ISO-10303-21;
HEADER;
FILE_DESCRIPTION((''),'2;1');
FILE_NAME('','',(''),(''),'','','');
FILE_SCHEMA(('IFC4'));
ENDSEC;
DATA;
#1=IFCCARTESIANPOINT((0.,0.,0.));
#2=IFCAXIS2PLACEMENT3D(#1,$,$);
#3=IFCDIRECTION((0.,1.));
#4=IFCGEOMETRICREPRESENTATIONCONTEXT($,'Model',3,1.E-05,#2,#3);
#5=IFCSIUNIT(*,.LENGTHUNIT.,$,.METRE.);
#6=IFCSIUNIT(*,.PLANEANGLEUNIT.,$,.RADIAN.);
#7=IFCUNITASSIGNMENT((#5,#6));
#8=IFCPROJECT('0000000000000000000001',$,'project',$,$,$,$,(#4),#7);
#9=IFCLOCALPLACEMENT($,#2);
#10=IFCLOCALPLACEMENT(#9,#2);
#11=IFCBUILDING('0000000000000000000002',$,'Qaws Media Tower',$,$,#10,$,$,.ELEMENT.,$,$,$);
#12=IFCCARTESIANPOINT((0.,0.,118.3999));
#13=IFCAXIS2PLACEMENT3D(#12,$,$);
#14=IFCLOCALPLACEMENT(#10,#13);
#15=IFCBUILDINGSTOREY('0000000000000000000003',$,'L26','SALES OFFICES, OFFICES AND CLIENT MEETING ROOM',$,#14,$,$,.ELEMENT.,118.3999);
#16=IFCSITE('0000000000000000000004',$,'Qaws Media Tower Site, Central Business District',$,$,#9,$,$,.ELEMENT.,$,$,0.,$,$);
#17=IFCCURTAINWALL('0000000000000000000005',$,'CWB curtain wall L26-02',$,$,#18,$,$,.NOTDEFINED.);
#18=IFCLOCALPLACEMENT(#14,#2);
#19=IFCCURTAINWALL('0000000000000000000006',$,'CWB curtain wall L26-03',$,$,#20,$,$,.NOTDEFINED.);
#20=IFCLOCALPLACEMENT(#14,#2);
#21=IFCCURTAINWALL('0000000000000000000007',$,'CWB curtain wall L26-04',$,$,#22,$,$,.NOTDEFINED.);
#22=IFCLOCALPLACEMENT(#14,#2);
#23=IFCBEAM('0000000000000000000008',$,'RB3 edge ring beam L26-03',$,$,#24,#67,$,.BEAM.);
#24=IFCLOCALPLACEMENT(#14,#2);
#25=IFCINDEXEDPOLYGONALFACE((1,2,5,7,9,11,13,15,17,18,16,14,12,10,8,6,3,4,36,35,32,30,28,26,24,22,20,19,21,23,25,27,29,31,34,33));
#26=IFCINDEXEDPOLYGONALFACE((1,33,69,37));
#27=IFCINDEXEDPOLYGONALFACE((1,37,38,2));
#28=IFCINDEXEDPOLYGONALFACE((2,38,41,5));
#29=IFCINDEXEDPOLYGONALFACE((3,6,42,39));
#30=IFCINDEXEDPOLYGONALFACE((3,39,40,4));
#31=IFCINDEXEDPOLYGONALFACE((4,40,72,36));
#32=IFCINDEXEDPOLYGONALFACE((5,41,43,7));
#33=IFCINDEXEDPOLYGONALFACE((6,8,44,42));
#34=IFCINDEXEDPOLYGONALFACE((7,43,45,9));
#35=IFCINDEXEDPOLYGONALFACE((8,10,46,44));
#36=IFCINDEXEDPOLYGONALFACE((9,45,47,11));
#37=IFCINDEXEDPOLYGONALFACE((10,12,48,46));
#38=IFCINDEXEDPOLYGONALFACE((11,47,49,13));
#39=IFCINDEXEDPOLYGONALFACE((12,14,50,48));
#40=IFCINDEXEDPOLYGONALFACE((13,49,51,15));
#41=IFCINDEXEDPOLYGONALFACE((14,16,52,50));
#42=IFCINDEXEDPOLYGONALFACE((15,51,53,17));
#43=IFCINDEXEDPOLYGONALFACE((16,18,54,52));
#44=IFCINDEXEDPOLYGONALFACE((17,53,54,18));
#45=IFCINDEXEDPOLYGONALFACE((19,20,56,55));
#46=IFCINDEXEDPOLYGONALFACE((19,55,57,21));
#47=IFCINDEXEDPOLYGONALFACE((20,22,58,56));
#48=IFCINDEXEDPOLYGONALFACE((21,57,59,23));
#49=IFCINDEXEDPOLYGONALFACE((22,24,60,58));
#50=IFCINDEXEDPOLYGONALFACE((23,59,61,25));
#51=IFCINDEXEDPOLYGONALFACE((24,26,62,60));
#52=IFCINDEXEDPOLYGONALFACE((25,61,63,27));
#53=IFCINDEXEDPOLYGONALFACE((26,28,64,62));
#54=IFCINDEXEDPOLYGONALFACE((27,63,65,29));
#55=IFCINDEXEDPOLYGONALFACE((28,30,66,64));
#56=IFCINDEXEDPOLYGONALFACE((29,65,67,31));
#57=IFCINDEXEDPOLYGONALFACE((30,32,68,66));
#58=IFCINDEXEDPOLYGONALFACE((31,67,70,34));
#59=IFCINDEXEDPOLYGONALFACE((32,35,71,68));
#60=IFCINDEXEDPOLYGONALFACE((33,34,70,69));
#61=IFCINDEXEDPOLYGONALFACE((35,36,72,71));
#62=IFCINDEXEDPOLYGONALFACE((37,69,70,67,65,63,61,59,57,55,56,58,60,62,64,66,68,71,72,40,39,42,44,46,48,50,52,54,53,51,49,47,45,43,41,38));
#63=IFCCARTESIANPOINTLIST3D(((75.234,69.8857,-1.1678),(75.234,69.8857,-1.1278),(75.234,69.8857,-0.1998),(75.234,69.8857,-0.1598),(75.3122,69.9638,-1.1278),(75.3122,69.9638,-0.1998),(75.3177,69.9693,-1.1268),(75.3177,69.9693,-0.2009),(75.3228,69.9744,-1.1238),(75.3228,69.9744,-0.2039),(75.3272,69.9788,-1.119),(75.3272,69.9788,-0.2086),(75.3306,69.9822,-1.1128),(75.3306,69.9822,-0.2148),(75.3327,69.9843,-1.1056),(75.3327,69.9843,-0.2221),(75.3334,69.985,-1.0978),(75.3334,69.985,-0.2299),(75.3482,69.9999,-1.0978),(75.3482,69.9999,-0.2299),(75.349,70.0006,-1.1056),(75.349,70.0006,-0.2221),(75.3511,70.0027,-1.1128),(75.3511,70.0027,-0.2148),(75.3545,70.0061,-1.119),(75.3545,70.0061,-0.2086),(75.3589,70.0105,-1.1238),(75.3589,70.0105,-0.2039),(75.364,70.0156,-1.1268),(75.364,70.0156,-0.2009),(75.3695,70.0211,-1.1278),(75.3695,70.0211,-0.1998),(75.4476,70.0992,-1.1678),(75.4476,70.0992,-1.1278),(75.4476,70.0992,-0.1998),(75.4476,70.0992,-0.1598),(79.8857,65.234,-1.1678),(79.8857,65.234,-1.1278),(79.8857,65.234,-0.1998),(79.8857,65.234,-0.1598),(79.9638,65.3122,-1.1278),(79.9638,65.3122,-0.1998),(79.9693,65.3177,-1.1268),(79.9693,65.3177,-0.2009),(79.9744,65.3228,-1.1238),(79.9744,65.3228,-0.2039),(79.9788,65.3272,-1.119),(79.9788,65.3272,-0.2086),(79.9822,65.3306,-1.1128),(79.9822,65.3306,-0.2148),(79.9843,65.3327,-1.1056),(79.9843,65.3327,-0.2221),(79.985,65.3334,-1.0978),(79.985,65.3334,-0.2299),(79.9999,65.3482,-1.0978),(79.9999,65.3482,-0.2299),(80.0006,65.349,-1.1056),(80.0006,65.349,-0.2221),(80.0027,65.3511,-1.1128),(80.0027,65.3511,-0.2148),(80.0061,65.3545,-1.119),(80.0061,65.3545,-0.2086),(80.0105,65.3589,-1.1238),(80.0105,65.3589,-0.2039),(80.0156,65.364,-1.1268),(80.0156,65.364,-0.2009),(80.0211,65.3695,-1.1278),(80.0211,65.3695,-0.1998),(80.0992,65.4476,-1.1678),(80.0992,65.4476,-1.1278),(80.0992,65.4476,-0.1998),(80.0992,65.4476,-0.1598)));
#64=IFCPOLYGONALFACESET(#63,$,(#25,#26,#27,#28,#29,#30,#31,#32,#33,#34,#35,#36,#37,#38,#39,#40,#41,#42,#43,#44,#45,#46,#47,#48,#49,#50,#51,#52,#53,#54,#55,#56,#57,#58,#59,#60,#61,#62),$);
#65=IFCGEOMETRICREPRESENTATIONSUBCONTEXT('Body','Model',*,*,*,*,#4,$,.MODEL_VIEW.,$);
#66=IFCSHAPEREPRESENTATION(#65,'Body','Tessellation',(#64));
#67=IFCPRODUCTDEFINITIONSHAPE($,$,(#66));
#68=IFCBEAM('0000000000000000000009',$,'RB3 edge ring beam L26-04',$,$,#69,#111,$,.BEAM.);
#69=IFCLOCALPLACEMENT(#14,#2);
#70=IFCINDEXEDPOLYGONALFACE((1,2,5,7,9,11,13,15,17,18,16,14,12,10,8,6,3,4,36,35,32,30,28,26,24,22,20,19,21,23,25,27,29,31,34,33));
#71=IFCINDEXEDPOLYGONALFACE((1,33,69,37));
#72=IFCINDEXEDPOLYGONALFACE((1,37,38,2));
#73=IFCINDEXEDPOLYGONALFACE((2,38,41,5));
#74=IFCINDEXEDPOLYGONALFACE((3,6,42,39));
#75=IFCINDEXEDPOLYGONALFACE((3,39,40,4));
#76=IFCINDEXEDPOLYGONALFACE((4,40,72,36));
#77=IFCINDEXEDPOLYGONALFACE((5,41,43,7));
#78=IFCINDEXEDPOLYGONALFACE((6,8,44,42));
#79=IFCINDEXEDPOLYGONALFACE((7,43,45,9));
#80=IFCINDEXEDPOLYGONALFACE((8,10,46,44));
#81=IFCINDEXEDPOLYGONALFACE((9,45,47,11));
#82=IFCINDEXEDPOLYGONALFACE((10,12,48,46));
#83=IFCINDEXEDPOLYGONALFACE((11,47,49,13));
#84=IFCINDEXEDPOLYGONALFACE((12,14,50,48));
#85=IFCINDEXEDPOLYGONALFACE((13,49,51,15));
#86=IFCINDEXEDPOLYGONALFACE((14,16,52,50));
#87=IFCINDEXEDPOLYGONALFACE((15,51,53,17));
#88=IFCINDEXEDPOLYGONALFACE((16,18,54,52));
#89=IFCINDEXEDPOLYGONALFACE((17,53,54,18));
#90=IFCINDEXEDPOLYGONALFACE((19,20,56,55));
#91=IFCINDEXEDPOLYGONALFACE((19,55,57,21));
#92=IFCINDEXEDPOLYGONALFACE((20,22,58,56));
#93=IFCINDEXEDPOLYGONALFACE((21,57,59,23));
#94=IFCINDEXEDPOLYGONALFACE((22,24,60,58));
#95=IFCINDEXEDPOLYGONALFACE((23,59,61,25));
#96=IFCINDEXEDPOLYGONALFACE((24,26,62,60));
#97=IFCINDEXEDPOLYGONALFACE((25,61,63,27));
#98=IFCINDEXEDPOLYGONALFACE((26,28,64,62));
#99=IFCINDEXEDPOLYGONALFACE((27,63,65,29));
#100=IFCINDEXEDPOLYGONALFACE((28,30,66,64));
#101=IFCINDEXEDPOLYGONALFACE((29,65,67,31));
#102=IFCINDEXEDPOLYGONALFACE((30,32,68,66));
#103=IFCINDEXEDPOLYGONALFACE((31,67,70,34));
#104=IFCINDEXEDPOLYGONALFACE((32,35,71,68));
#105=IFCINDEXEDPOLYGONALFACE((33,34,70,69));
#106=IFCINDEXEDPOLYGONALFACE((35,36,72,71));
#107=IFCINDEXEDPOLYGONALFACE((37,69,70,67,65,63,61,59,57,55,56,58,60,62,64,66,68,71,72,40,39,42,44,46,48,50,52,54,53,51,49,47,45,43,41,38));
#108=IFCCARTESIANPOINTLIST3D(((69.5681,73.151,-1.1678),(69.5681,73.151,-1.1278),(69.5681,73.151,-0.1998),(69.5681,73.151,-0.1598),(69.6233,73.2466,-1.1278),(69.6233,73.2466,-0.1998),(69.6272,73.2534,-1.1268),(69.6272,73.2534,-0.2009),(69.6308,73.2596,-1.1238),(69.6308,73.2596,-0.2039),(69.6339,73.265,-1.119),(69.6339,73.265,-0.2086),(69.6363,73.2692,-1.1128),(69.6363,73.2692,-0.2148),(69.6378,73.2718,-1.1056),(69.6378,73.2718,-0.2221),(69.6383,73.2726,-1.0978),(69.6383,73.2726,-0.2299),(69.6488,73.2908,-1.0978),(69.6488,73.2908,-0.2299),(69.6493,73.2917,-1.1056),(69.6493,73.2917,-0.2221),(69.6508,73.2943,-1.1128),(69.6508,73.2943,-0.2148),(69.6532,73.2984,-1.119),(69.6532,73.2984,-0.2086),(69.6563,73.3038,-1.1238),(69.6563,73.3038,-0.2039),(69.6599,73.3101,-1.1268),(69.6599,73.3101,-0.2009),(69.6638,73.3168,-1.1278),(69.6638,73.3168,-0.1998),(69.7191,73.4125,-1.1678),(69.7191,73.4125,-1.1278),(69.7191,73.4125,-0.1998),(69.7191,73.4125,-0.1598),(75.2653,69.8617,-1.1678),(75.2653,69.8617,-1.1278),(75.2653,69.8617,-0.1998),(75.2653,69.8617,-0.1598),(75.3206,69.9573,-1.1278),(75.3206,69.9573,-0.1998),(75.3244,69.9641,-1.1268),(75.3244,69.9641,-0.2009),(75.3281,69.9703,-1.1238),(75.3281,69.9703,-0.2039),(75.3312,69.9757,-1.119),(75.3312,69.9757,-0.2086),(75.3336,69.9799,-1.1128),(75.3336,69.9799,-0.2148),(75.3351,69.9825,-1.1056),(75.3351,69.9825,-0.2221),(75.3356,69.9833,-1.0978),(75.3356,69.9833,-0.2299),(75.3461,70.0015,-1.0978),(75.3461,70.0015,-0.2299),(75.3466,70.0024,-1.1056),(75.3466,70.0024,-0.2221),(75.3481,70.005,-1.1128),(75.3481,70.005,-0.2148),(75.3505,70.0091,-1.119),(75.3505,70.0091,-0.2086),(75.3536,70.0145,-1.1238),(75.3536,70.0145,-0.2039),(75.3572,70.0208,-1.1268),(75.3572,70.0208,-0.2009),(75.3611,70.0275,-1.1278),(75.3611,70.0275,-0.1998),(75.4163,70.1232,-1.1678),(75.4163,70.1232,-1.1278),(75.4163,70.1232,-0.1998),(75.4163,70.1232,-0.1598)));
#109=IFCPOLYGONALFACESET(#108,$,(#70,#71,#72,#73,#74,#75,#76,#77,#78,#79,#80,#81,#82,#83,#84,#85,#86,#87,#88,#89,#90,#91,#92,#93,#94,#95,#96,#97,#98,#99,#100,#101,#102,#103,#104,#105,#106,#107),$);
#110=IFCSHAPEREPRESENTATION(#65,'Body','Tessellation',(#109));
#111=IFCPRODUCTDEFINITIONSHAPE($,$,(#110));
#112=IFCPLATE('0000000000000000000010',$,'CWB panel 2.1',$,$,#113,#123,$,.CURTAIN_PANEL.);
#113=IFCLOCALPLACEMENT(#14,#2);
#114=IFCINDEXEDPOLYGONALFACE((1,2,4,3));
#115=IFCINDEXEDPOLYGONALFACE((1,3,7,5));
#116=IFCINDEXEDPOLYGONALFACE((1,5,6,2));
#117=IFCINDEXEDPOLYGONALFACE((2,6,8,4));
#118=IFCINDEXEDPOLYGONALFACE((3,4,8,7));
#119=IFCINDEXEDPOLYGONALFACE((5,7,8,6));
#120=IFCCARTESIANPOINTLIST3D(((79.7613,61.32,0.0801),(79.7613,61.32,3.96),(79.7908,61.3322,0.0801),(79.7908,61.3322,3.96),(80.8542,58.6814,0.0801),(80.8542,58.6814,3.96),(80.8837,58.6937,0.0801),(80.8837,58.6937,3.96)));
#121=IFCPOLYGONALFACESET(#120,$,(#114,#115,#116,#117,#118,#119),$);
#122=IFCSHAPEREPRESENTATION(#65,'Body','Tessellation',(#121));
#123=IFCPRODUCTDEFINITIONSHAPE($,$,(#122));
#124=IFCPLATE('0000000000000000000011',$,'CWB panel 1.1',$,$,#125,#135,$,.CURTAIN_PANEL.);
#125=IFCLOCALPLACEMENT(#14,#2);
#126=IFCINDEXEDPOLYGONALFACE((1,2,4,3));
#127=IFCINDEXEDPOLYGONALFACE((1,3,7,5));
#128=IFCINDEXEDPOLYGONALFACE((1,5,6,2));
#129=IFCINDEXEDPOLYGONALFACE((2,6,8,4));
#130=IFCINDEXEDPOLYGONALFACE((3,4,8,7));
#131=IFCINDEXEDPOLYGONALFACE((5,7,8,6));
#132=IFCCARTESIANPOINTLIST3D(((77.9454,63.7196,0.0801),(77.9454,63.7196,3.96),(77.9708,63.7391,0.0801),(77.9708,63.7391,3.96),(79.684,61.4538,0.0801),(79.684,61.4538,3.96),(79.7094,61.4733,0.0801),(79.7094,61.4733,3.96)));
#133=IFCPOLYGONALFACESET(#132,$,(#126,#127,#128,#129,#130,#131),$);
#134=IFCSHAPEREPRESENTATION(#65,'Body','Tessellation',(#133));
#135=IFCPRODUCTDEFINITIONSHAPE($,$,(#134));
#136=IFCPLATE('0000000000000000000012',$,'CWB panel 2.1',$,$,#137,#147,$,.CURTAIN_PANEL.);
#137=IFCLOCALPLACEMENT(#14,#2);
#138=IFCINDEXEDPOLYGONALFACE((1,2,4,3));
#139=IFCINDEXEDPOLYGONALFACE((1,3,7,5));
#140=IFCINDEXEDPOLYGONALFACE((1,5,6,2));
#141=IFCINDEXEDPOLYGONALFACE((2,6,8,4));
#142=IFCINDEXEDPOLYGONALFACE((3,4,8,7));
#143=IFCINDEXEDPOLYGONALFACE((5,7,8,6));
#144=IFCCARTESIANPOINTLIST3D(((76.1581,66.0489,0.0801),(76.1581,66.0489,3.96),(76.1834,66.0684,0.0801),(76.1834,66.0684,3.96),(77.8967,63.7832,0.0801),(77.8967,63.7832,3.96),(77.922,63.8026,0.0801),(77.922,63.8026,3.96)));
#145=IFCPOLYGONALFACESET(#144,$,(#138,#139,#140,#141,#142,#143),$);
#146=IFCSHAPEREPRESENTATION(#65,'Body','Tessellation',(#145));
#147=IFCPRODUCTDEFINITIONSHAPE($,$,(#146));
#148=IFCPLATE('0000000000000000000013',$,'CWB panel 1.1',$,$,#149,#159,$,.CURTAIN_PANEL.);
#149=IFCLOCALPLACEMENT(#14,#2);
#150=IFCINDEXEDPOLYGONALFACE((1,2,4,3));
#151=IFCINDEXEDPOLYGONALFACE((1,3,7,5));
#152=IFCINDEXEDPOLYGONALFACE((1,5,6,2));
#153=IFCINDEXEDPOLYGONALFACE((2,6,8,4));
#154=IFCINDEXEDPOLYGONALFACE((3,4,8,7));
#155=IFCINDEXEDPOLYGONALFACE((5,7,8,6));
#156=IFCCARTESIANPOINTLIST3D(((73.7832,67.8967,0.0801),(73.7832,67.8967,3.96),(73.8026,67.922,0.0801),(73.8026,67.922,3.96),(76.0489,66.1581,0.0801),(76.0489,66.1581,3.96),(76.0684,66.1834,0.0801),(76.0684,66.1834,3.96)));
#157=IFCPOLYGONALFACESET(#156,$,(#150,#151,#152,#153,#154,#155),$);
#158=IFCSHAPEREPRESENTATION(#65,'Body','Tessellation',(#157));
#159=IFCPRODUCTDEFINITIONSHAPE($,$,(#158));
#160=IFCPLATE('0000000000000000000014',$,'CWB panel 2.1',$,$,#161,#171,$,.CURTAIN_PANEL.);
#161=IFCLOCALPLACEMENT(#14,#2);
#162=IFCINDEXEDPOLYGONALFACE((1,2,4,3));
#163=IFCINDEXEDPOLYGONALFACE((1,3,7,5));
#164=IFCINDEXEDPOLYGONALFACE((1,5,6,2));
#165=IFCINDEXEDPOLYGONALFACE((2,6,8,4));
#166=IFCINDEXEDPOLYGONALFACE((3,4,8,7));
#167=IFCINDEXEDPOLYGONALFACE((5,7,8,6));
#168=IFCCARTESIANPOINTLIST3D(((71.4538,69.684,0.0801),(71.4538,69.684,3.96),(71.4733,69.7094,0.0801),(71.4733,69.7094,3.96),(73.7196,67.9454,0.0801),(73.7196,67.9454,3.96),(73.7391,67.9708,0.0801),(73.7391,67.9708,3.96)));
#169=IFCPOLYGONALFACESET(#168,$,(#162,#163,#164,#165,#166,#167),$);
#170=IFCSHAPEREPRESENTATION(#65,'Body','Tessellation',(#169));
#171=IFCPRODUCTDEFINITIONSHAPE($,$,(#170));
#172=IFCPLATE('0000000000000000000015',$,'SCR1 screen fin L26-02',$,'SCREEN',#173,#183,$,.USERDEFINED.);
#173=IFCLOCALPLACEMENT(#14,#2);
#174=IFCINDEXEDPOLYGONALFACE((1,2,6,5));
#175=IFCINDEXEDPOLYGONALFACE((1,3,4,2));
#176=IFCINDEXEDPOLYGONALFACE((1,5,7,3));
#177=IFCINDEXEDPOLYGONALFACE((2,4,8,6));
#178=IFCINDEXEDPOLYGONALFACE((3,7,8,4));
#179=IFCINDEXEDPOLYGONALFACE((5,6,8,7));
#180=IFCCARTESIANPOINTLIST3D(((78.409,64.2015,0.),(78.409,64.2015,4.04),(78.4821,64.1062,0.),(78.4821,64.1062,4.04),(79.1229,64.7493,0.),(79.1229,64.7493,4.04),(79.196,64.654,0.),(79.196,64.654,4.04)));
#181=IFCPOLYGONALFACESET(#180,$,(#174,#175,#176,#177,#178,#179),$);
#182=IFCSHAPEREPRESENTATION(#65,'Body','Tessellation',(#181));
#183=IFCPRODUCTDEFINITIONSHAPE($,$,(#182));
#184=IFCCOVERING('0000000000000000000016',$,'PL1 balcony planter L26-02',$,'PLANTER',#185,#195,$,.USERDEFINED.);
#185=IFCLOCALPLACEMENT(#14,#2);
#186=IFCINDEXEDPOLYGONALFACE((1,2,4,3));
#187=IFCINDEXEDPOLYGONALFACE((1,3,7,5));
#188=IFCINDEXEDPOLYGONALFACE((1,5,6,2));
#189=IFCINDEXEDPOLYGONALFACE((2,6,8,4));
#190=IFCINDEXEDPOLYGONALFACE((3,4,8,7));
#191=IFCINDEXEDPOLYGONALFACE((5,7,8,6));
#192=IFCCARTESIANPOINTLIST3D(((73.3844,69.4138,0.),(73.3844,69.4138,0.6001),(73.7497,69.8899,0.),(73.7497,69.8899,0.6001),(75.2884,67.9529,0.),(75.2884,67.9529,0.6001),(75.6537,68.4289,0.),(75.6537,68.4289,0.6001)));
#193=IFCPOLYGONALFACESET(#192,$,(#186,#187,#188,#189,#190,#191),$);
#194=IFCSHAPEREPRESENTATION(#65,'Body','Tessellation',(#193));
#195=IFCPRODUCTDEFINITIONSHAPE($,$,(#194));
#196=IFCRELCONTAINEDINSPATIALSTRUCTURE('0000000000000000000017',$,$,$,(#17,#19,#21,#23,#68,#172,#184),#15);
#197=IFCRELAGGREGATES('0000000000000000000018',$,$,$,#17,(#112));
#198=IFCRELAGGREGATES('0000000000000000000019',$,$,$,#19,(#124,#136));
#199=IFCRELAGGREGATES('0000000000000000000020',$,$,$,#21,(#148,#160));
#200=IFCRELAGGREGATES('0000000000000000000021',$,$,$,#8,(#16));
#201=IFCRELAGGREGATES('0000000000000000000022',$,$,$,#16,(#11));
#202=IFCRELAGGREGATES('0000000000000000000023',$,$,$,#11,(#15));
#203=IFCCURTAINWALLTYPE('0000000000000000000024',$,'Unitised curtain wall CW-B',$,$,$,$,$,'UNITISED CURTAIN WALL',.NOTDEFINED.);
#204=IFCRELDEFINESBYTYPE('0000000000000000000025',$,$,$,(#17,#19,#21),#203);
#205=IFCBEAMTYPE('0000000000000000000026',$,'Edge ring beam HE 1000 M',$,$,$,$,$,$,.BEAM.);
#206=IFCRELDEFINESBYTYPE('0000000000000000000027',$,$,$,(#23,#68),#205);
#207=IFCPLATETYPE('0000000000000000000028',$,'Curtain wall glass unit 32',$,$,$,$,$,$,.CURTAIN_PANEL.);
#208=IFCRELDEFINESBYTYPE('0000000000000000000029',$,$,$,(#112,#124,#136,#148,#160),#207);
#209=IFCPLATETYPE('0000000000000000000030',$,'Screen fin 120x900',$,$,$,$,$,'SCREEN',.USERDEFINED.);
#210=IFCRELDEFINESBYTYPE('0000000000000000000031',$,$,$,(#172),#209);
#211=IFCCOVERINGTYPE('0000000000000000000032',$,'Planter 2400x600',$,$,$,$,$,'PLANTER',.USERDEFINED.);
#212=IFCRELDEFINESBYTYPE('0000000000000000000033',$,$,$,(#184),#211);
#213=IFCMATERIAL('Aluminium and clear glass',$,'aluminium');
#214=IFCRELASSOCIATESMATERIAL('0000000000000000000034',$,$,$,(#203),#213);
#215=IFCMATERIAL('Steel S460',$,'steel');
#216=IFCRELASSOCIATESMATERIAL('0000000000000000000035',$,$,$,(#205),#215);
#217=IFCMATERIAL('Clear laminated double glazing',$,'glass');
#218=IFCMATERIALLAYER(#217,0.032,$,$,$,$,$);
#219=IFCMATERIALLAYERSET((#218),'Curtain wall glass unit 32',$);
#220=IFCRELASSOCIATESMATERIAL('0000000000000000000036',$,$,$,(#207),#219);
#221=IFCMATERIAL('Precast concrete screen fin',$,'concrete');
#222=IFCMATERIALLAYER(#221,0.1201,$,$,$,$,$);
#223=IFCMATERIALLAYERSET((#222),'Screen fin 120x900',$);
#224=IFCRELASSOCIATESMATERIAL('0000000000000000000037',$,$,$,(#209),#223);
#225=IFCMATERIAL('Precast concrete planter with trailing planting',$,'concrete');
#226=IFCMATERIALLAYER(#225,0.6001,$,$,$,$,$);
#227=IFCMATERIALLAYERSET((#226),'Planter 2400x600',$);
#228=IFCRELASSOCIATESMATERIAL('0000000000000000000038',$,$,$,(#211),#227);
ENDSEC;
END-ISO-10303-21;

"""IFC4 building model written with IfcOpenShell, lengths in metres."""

from ifc_helpers import new_model, si_unit, direction, frame, origin, origin_2d, place, context, subcontext, project, spatial, rectangle, i_section, extrude, material, layer, layer_set, material_profile, profile_set, type_object, element, aggregate, save


model = new_model("IFC4")

# Units and contexts
model_context = context("Model", 3, precision=1e-05, world=origin(), true_north=direction((0.0, 1.0)))
body_context = subcontext(model_context, "Body", "Model", "MODEL_VIEW")
ifc_project = project(units=[si_unit("LENGTHUNIT", "METRE"), si_unit("PLANEANGLEUNIT", "RADIAN")], contexts=[model_context])

# Site, building, storey
site_placement = place(None, origin())
site = spatial("IfcSite", under=ifc_project, at=site_placement, Name="Qaws Media Tower Site, Central Business District", CompositionType="ELEMENT", RefElevation=0.0)
building_placement = place(site_placement, origin())
building = spatial("IfcBuilding", under=site, at=building_placement, Name="Qaws Media Tower", CompositionType="ELEMENT")
storey_placement = place(building_placement, frame((0.0, 0.0, 118.3999)))
storey = spatial("IfcBuildingStorey", under=building, at=storey_placement, Name="L26", Description="SALES OFFICES, OFFICES AND CLIENT MEETING ROOM", CompositionType="ELEMENT", Elevation=118.3999)

# Curtain wall
ifc_material_1 = material(Name="Aluminium and clear glass", Category="aluminium")
curtain_wall_type = type_object("IfcCurtainWallType", Name="Unitised curtain wall CW-B", ElementType="UNITISED CURTAIN WALL", PredefinedType="NOTDEFINED", material=ifc_material_1)
curtain_wall_1_placement = place(storey_placement, origin())
curtain_wall_1 = element("IfcCurtainWall", 1, at=curtain_wall_1_placement, inside=storey, type_object=curtain_wall_type, Name="CWB curtain wall L26-02", PredefinedType="NOTDEFINED")

# Curtain walls
curtain_wall_2_placement = place(storey_placement, origin())
curtain_wall_2 = element("IfcCurtainWall", 2, at=curtain_wall_2_placement, inside=storey, type_object=curtain_wall_type, Name="CWB curtain wall L26-03", PredefinedType="NOTDEFINED")
curtain_wall_3_placement = place(storey_placement, origin())
curtain_wall_3 = element("IfcCurtainWall", 3, at=curtain_wall_3_placement, inside=storey, type_object=curtain_wall_type, Name="CWB curtain wall L26-04", PredefinedType="NOTDEFINED")

# Beams
ifc_material_2 = material(Name="Steel S460", Category="steel")
ifc_material_profile_1 = material_profile(ifc_material_2, i_section(OverallWidth=0.302, OverallDepth=1.0081, WebThickness=0.021, FlangeThickness=0.04, FilletRadius=0.03, at=origin_2d()), Name="HE 1000 M")
ifc_profile_set_1 = profile_set([ifc_material_profile_1], Name="Steel S460")
beam_type = type_object("IfcBeamType", Name="Edge ring beam HE 1000 M", PredefinedType="BEAM", material=ifc_profile_set_1)
beam_1_placement = place(storey_placement, frame((79.9924, 65.3408, -0.6638), z_axis=(-0.707107, 0.707107, 0.0), x_axis=(-0.707107, -0.707107, 0.0)))
element("IfcBeam", 4, at=beam_1_placement, inside=storey, type_object=beam_type, Name="RB3 edge ring beam L26-03", PredefinedType="BEAM", context=body_context, shape_type="SweptSolid", body=[
    extrude(i_section(OverallWidth=0.302, OverallDepth=1.0081, WebThickness=0.021, FlangeThickness=0.04, FilletRadius=0.03, at=origin_2d()), origin(), (0.0, 0.0, 1.0), 6.5784),
])
beam_2_placement = place(storey_placement, frame((75.3408, 69.9924, -0.6638), z_axis=(-0.866026, 0.499999, 0.0), x_axis=(-0.499999, -0.866026, 0.0)))
element("IfcBeam", 5, at=beam_2_placement, inside=storey, type_object=beam_type, Name="RB3 edge ring beam L26-04", PredefinedType="BEAM", context=body_context, shape_type="SweptSolid", body=[
    extrude(i_section(OverallWidth=0.302, OverallDepth=1.0081, WebThickness=0.021, FlangeThickness=0.04, FilletRadius=0.03, at=origin_2d()), origin(), (0.0, 0.0, 1.0), 6.5786),
])

# Plates
ifc_material_3 = material(Name="Clear laminated double glazing", Category="glass")
ifc_layer_1 = layer(ifc_material_3, 0.032)
ifc_layer_set_1 = layer_set([ifc_layer_1], Name="Curtain wall glass unit 32")
plate_type_1 = type_object("IfcPlateType", Name="Curtain wall glass unit 32", PredefinedType="CURTAIN_PANEL", material=ifc_layer_set_1)
plate_1_placement = place(storey_placement, frame((80.3225, 60.0068, 0.0801), z_axis=(0.0, 0.0, 1.0), x_axis=(-0.382683, 0.92388, 0.0)))
plate_1 = element("IfcPlate", 6, at=plate_1_placement, type_object=plate_type_1, Name="CWB panel 2.1", PredefinedType="CURTAIN_PANEL", context=body_context, shape_type="SweptSolid", body=[
    extrude(rectangle(XDim=2.856, YDim=0.032, at=origin_2d()), origin(), (0.0, 0.0, 1.0), 3.8799),
])
aggregate(curtain_wall_1, [plate_1])
plate_2_placement = place(storey_placement, frame((78.8274, 62.5964, 0.0801), z_axis=(0.0, 0.0, 1.0), x_axis=(-0.608761, 0.793353, 0.0)))
plate_2 = element("IfcPlate", 7, at=plate_2_placement, type_object=plate_type_1, Name="CWB panel 1.1", PredefinedType="CURTAIN_PANEL", context=body_context, shape_type="SweptSolid", body=[
    extrude(rectangle(XDim=2.856, YDim=0.032, at=origin_2d()), origin(), (0.0, 0.0, 1.0), 3.8799),
])
plate_3_placement = place(storey_placement, frame((77.04, 64.9258, 0.0801), z_axis=(0.0, 0.0, 1.0), x_axis=(-0.608761, 0.793353, 0.0)))
plate_3 = element("IfcPlate", 8, at=plate_3_placement, type_object=plate_type_1, Name="CWB panel 2.1", PredefinedType="CURTAIN_PANEL", context=body_context, shape_type="SweptSolid", body=[
    extrude(rectangle(XDim=2.856, YDim=0.032, at=origin_2d()), origin(), (0.0, 0.0, 1.0), 3.8799),
])
aggregate(curtain_wall_2, [plate_2, plate_3])
plate_4_placement = place(storey_placement, frame((74.9258, 67.04, 0.0801), z_axis=(0.0, 0.0, 1.0), x_axis=(-0.793353, 0.608761, 0.0)))
plate_4 = element("IfcPlate", 9, at=plate_4_placement, type_object=plate_type_1, Name="CWB panel 1.1", PredefinedType="CURTAIN_PANEL", context=body_context, shape_type="SweptSolid", body=[
    extrude(rectangle(XDim=2.856, YDim=0.032, at=origin_2d()), origin(), (0.0, 0.0, 1.0), 3.8799),
])
plate_5_placement = place(storey_placement, frame((72.5964, 68.8274, 0.0801), z_axis=(0.0, 0.0, 1.0), x_axis=(-0.793353, 0.608761, 0.0)))
plate_5 = element("IfcPlate", 10, at=plate_5_placement, type_object=plate_type_1, Name="CWB panel 2.1", PredefinedType="CURTAIN_PANEL", context=body_context, shape_type="SweptSolid", body=[
    extrude(rectangle(XDim=2.856, YDim=0.032, at=origin_2d()), origin(), (0.0, 0.0, 1.0), 3.8799),
])
aggregate(curtain_wall_3, [plate_4, plate_5])
ifc_material_4 = material(Name="Precast concrete screen fin", Category="concrete")
ifc_layer_2 = layer(ifc_material_4, 0.1201)
ifc_layer_set_2 = layer_set([ifc_layer_2], Name="Screen fin 120x900")
plate_type_2 = type_object("IfcPlateType", Name="Screen fin 120x900", ElementType="SCREEN", PredefinedType="USERDEFINED", material=ifc_layer_set_2)
plate_6_placement = place(storey_placement, frame((78.8025, 64.4277, 0.0), z_axis=(0.0, 0.0, 1.0), x_axis=(0.793353, 0.608761, 0.0)))
element("IfcPlate", 11, at=plate_6_placement, inside=storey, type_object=plate_type_2, Name="SCR1 screen fin L26-02", ObjectType="SCREEN", PredefinedType="USERDEFINED", context=body_context, shape_type="SweptSolid", body=[
    extrude(rectangle(XDim=0.8999, YDim=0.1201, at=origin_2d()), origin(), (0.0, 0.0, 1.0), 4.04),
])

# Covering
ifc_material_5 = material(Name="Precast concrete planter with trailing planting", Category="concrete")
ifc_layer_3 = layer(ifc_material_5, 0.6001)
ifc_layer_set_3 = layer_set([ifc_layer_3], Name="Planter 2400x600")
covering_type = type_object("IfcCoveringType", Name="Planter 2400x600", ElementType="PLANTER", PredefinedType="USERDEFINED", material=ifc_layer_set_3)
covering_placement = place(storey_placement, frame((74.519, 68.9214, 0.0), z_axis=(0.0, 0.0, 1.0), x_axis=(-0.793353, 0.608761, 0.0)))
element("IfcCovering", 12, at=covering_placement, inside=storey, type_object=covering_type, Name="PL1 balcony planter L26-02", ObjectType="PLANTER", PredefinedType="USERDEFINED", context=body_context, shape_type="SweptSolid", body=[
    extrude(rectangle(XDim=2.3999, YDim=0.6001, at=origin_2d()), origin(), (0.0, 0.0, 1.0), 0.6001),
])

save(model, "model.ifc")
